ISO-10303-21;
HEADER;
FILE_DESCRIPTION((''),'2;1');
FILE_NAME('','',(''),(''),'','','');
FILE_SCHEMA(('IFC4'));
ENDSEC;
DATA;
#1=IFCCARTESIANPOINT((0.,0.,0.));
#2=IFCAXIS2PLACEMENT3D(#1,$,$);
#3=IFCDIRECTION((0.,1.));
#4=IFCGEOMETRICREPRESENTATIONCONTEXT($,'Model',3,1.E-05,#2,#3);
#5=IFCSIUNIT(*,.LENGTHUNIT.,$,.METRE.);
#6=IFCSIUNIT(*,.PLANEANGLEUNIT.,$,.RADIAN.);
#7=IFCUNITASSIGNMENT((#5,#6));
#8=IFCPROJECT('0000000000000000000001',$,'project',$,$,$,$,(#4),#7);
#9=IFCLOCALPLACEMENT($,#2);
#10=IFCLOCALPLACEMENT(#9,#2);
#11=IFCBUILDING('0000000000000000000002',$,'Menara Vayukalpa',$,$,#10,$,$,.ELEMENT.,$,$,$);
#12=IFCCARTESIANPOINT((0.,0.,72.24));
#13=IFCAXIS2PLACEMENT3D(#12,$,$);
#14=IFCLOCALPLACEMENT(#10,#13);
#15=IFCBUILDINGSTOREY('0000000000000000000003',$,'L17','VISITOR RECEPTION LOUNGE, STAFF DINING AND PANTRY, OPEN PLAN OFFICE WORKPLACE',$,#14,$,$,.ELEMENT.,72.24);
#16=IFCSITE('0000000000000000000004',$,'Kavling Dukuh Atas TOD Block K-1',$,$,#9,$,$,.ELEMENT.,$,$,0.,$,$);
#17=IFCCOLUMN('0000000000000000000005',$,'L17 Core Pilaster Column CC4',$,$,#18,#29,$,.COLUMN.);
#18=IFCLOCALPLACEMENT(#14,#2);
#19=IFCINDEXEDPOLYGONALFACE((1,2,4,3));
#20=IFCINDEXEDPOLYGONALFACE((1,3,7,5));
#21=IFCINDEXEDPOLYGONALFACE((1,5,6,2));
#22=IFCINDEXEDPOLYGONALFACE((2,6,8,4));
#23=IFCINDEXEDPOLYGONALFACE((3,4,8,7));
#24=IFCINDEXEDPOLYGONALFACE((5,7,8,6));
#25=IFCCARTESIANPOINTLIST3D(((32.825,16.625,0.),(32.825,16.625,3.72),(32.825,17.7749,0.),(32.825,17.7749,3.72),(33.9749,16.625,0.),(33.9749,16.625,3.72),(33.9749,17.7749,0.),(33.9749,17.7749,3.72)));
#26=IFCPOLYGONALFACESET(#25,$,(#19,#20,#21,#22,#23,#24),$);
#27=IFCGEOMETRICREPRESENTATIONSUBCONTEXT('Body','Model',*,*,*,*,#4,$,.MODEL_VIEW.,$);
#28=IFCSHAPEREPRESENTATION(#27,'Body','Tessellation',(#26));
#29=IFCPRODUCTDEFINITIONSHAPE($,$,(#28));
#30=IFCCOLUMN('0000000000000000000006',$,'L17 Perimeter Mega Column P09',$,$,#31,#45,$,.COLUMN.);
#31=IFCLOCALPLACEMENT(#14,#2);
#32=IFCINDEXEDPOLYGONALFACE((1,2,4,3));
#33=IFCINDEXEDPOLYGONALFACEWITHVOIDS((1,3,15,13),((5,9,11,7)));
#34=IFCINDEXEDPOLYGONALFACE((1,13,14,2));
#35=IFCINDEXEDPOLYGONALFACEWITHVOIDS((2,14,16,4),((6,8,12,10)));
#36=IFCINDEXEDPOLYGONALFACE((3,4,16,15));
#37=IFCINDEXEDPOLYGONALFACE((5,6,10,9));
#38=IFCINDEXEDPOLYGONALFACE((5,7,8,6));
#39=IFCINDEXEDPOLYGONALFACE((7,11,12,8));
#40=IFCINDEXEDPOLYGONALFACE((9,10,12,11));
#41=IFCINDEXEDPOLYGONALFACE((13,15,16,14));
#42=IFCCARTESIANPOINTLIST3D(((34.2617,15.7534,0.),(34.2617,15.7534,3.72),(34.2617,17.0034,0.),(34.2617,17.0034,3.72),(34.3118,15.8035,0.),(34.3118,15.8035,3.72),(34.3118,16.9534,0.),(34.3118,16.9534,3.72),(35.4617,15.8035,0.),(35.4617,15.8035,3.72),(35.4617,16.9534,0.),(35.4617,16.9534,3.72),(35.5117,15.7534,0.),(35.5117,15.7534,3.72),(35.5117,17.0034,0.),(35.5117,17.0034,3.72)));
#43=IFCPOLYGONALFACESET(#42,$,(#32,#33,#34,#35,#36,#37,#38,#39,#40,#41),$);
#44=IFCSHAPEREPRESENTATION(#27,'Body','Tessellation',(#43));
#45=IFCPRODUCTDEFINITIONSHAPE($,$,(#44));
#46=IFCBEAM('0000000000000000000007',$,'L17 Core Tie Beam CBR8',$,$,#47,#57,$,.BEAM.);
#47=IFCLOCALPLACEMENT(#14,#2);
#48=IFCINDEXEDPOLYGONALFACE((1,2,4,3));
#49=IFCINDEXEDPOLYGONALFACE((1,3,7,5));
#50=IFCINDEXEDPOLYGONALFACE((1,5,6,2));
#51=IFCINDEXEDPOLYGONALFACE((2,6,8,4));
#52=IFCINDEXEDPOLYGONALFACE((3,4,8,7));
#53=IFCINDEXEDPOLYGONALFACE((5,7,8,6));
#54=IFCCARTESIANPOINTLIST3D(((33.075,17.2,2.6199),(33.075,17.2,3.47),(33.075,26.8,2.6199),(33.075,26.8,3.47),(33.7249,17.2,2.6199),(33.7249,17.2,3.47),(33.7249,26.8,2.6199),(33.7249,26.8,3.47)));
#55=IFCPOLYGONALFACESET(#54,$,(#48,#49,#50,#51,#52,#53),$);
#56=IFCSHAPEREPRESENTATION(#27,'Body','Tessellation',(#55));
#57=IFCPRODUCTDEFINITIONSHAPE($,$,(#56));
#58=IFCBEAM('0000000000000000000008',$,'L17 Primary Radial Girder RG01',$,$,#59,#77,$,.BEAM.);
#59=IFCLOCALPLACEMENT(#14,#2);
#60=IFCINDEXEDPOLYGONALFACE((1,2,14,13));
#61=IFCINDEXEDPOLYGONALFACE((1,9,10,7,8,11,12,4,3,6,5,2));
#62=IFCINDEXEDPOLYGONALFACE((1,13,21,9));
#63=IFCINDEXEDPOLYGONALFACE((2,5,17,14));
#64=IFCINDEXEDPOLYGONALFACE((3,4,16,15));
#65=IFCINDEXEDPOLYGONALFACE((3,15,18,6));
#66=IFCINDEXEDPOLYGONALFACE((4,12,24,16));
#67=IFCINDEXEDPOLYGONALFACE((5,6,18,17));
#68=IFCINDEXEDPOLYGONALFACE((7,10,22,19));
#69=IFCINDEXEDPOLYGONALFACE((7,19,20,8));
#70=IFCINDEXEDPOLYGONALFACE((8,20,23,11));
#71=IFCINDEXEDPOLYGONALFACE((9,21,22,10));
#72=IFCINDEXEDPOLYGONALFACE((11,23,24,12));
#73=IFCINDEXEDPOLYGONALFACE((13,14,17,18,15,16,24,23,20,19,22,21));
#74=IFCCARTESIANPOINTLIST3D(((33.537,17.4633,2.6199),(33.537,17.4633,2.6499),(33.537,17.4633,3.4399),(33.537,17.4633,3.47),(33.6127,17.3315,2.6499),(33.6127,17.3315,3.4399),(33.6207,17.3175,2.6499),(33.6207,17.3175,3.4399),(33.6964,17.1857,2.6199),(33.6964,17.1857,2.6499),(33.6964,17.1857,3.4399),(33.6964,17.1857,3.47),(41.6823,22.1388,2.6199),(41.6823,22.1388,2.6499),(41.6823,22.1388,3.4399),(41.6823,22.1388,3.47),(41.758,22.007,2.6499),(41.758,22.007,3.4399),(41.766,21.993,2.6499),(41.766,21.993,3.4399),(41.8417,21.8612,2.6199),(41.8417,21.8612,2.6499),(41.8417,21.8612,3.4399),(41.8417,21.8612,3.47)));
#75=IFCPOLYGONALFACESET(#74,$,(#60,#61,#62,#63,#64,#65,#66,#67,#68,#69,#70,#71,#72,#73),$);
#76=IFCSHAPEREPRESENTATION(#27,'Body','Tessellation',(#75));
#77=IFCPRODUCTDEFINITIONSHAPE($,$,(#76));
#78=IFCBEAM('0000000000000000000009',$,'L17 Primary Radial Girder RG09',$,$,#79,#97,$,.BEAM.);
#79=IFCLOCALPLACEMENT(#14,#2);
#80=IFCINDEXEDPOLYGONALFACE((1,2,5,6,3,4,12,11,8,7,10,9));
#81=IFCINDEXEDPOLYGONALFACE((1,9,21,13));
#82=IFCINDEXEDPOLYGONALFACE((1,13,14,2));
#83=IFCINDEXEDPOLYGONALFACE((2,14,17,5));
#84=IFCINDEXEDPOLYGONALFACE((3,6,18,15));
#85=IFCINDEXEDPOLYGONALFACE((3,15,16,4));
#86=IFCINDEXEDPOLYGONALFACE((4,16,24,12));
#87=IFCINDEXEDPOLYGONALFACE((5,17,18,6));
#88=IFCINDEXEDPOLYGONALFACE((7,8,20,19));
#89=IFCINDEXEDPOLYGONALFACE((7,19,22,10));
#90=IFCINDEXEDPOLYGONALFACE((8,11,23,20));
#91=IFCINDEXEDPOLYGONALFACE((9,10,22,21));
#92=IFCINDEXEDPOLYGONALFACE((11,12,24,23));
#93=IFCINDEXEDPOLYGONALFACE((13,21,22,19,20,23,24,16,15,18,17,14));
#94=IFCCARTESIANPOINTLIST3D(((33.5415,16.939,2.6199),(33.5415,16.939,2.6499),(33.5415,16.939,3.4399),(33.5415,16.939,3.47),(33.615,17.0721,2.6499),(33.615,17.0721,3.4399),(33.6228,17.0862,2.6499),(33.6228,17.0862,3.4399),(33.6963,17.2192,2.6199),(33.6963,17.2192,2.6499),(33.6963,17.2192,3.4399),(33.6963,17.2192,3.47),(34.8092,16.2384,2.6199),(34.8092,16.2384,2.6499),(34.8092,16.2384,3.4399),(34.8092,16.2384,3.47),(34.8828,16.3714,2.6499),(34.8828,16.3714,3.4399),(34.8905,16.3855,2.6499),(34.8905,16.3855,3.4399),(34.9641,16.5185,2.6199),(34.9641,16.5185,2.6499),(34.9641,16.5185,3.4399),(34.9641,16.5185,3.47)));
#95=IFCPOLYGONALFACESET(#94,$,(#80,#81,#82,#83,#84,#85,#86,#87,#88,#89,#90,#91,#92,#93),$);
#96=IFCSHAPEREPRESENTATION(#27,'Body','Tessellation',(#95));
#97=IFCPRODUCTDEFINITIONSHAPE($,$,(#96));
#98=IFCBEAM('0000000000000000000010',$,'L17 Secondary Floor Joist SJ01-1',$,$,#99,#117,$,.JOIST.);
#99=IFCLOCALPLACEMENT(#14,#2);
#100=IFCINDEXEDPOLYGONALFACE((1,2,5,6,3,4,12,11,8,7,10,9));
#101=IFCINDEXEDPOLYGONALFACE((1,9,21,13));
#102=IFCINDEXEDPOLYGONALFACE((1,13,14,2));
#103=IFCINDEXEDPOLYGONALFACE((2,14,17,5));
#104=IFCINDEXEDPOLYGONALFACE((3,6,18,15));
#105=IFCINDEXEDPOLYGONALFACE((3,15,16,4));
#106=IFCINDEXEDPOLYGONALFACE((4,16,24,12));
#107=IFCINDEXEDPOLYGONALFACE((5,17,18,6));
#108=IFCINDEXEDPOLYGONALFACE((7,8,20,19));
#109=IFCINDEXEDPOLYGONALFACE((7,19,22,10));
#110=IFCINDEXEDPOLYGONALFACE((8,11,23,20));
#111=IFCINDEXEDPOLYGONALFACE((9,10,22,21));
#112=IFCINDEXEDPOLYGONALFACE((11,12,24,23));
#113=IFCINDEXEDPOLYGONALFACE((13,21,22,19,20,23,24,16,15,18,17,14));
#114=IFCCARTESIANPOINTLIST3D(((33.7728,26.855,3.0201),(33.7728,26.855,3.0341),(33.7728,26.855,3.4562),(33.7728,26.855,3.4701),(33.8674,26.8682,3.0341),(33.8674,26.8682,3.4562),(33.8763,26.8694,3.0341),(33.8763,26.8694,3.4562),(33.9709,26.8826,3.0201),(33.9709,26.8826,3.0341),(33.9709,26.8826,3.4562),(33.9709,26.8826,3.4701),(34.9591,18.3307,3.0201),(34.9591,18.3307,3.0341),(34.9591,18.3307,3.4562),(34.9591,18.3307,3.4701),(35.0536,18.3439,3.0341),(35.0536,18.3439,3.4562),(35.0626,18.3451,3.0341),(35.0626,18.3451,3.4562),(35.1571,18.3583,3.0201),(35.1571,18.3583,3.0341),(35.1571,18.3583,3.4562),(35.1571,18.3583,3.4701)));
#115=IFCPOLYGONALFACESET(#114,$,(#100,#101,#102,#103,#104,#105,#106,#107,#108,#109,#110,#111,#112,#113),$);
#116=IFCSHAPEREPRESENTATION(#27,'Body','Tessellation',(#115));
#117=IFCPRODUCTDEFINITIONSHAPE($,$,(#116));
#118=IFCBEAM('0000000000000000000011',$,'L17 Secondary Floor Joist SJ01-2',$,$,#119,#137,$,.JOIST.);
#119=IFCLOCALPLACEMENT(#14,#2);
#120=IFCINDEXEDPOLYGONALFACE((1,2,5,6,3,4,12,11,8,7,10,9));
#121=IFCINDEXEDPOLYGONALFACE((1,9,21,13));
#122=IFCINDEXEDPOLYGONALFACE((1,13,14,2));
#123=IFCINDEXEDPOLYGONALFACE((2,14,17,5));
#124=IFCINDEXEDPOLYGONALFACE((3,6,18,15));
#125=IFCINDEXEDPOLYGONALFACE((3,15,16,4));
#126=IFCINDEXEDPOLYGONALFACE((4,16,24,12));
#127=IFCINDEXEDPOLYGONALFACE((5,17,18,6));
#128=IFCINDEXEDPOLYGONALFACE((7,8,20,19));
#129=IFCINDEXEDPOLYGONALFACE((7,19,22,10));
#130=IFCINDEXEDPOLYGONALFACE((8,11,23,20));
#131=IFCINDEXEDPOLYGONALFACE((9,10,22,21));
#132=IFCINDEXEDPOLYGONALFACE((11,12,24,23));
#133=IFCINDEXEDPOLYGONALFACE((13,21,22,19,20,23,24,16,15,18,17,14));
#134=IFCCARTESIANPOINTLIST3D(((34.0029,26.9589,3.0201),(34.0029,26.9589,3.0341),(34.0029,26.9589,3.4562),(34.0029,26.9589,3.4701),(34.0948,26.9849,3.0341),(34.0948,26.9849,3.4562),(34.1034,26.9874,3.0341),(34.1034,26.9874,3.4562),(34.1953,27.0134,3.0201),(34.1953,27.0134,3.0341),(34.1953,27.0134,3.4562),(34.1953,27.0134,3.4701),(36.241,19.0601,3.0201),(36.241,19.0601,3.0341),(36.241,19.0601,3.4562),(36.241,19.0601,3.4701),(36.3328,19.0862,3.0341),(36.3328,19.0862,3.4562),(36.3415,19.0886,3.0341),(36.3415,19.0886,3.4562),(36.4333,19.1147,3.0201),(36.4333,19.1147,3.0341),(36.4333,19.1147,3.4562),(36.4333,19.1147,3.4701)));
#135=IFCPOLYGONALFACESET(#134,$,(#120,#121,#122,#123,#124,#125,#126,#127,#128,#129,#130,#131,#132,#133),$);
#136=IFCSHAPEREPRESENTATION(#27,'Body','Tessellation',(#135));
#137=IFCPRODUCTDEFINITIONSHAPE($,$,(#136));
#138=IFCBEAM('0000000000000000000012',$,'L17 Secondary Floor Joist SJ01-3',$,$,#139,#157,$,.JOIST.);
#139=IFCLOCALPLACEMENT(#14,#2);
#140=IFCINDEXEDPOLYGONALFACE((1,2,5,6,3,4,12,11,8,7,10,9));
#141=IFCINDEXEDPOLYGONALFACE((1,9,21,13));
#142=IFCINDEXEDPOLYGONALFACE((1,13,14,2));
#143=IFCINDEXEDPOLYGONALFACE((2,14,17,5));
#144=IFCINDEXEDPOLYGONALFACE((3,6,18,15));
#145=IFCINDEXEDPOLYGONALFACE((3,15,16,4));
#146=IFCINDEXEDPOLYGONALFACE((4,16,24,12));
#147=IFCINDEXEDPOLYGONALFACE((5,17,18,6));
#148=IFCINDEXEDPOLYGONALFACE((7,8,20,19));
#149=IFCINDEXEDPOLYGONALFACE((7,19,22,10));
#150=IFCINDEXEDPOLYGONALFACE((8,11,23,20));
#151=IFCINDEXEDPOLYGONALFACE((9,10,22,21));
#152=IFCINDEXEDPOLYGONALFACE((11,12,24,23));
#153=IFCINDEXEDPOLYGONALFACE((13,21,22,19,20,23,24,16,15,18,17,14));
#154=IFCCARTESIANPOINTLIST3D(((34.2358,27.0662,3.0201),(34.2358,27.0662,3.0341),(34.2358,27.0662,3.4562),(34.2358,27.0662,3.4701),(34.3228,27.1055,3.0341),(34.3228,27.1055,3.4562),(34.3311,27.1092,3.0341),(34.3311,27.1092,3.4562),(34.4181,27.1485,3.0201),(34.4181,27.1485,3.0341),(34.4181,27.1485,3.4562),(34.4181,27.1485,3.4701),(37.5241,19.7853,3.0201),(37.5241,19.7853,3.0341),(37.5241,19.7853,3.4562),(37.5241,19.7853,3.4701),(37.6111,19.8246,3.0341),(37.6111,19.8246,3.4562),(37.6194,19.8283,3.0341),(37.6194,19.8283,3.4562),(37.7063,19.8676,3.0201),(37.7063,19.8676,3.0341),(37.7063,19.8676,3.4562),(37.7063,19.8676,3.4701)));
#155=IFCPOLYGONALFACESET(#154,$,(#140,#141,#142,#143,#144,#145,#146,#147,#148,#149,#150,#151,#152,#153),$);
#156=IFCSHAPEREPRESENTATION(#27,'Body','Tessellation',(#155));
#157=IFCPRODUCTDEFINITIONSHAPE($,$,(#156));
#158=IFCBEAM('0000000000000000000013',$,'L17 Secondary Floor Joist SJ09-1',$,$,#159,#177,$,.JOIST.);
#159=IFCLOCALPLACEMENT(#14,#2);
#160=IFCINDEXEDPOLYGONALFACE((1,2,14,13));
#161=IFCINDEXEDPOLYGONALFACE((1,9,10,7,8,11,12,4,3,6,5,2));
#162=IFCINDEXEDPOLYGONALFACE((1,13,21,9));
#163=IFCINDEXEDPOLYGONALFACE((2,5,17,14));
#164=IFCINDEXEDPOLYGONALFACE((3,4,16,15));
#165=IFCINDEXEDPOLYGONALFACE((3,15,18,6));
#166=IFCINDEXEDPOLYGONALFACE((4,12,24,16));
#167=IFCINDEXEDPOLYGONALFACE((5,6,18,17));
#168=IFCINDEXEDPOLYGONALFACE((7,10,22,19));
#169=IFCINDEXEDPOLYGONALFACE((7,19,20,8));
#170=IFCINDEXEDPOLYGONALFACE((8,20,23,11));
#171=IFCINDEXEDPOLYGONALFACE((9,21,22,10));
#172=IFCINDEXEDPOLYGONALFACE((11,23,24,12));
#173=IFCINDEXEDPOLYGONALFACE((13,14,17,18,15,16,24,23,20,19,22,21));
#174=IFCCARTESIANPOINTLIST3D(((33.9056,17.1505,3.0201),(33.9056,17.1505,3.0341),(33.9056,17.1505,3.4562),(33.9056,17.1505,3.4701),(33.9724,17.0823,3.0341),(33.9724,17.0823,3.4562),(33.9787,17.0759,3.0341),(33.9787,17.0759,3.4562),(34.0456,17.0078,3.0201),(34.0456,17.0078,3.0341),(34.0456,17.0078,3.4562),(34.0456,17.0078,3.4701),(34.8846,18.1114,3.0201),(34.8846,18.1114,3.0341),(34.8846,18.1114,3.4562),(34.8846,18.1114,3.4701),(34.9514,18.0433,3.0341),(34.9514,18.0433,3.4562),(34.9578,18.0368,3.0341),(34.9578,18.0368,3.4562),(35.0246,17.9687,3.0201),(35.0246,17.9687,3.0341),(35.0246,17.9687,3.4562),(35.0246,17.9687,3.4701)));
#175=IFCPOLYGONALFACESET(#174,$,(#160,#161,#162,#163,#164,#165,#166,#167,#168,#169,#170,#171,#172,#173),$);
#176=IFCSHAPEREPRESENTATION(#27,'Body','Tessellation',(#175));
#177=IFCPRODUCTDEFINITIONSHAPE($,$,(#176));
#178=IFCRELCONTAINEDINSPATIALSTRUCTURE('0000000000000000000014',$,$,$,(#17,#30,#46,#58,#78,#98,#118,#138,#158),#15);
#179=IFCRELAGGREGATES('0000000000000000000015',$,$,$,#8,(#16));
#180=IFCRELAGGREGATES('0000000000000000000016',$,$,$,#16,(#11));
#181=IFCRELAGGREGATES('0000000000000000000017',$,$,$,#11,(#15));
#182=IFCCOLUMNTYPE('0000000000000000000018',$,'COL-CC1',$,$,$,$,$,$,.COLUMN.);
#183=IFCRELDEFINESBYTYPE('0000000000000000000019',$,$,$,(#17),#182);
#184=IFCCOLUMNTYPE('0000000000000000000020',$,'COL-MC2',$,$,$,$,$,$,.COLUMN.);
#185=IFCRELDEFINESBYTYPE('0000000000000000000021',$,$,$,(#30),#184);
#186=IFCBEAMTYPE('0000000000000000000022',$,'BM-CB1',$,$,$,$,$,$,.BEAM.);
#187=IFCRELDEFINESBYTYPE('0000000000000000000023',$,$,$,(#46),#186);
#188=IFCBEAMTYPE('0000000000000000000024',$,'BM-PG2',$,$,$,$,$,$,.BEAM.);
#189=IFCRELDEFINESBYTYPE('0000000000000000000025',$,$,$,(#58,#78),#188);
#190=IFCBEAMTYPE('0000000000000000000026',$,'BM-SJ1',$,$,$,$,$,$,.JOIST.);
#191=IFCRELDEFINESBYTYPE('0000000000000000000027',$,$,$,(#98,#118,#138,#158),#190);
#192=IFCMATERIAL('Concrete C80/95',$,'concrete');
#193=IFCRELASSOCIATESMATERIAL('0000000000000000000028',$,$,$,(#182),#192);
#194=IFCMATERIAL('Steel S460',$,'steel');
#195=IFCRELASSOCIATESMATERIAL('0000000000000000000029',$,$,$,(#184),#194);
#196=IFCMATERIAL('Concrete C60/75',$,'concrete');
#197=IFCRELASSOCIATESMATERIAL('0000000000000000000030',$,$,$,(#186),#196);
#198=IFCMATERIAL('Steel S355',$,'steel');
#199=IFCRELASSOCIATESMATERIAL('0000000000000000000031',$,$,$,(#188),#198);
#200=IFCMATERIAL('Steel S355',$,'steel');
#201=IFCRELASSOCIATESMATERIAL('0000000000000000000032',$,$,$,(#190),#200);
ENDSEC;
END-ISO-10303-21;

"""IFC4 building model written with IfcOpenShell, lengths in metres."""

from ifc_helpers import new_model, si_unit, direction, frame, origin, origin_2d, place, context, subcontext, project, spatial, rectangle, hollow_rectangle, i_section, extrude, material, material_profile, profile_set, type_object, element, save


model = new_model("IFC4")

# Units and contexts
model_context = context("Model", 3, precision=1e-05, world=origin(), true_north=direction((0.0, 1.0)))
body_context = subcontext(model_context, "Body", "Model", "MODEL_VIEW")
ifc_project = project(units=[si_unit("LENGTHUNIT", "METRE"), si_unit("PLANEANGLEUNIT", "RADIAN")], contexts=[model_context])

# Site, building, storey
site_placement = place(None, origin())
site = spatial("IfcSite", under=ifc_project, at=site_placement, Name="Kavling Dukuh Atas TOD Block K-1", CompositionType="ELEMENT", RefElevation=0.0)
building_placement = place(site_placement, origin())
building = spatial("IfcBuilding", under=site, at=building_placement, Name="Menara Vayukalpa", CompositionType="ELEMENT")
storey_placement = place(building_placement, frame((0.0, 0.0, 72.24)))
storey = spatial("IfcBuildingStorey", under=building, at=storey_placement, Name="L17", Description="VISITOR RECEPTION LOUNGE, STAFF DINING AND PANTRY, OPEN PLAN OFFICE WORKPLACE", CompositionType="ELEMENT", Elevation=72.24)

# Columns
ifc_material_1 = material(Name="Concrete C80/95", Category="concrete")
ifc_material_profile_1 = material_profile(ifc_material_1, rectangle(XDim=1.1499, YDim=1.1499, at=origin_2d()), Name="RC 1150x1150")
ifc_profile_set_1 = profile_set([ifc_material_profile_1], Name="Concrete C80/95")
column_type_1 = type_object("IfcColumnType", Name="COL-CC1", PredefinedType="COLUMN", material=ifc_profile_set_1)
column_1_placement = place(storey_placement, frame((33.3999, 17.2, 0.0), z_axis=(0.0, 0.0, 1.0), x_axis=(1.0, 0.0, 0.0)))
element("IfcColumn", 1, at=column_1_placement, inside=storey, type_object=column_type_1, Name="L17 Core Pilaster Column CC4", PredefinedType="COLUMN", context=body_context, shape_type="SweptSolid", body=[
    extrude(rectangle(XDim=1.1499, YDim=1.1499, at=origin_2d()), origin(), (0.0, 0.0, 1.0), 3.72),
])
ifc_material_2 = material(Name="Steel S460", Category="steel")
ifc_material_profile_2 = material_profile(ifc_material_2, hollow_rectangle(XDim=1.25, YDim=1.25, WallThickness=0.05, at=origin_2d()), Name="BOX 1250x1250x50")
ifc_profile_set_2 = profile_set([ifc_material_profile_2], Name="Steel S460")
column_type_2 = type_object("IfcColumnType", Name="COL-MC2", PredefinedType="COLUMN", material=ifc_profile_set_2)
column_2_placement = place(storey_placement, frame((34.8867, 16.3784, 0.0), z_axis=(0.0, 0.0, 1.0), x_axis=(1.0, 0.0, 0.0)))
element("IfcColumn", 2, at=column_2_placement, inside=storey, type_object=column_type_2, Name="L17 Perimeter Mega Column P09", PredefinedType="COLUMN", context=body_context, shape_type="SweptSolid", body=[
    extrude(hollow_rectangle(XDim=1.25, YDim=1.25, WallThickness=0.05, at=origin_2d()), origin(), (0.0, 0.0, 1.0), 3.72),
])

# Beams
ifc_material_3 = material(Name="Concrete C60/75", Category="concrete")
ifc_material_profile_3 = material_profile(ifc_material_3, rectangle(XDim=0.6499, YDim=0.8501, at=origin_2d()), Name="RC 650x850")
ifc_profile_set_3 = profile_set([ifc_material_profile_3], Name="Concrete C60/75")
beam_type_1 = type_object("IfcBeamType", Name="BM-CB1", PredefinedType="BEAM", material=ifc_profile_set_3)
beam_1_placement = place(storey_placement, frame((33.3999, 17.2, 3.0449), z_axis=(0.0, 1.0, 0.0), x_axis=(-1.0, 0.0, 0.0)))
element("IfcBeam", 3, at=beam_1_placement, inside=storey, type_object=beam_type_1, Name="L17 Core Tie Beam CBR8", PredefinedType="BEAM", context=body_context, shape_type="SweptSolid", body=[
    extrude(rectangle(XDim=0.6499, YDim=0.8501, at=origin_2d()), origin(), (0.0, 0.0, 1.0), 9.6001),
])
ifc_material_4 = material(Name="Steel S355", Category="steel")
ifc_material_profile_4 = material_profile(ifc_material_4, i_section(OverallWidth=0.3201, OverallDepth=0.8501, WebThickness=0.0161, FlangeThickness=0.03, at=origin_2d()), Name="WF 850x320x16x30")
ifc_profile_set_4 = profile_set([ifc_material_profile_4], Name="Steel S355")
beam_type_2 = type_object("IfcBeamType", Name="BM-PG2", PredefinedType="BEAM", material=ifc_profile_set_4)
beam_2_placement = place(storey_placement, frame((33.6167, 17.3245, 3.0449), z_axis=(0.867274, 0.497832, 0.0), x_axis=(-0.497832, 0.867274, 0.0)))
element("IfcBeam", 4, at=beam_2_placement, inside=storey, type_object=beam_type_2, Name="L17 Primary Radial Girder RG01", PredefinedType="BEAM", context=body_context, shape_type="SweptSolid", body=[
    extrude(i_section(OverallWidth=0.3201, OverallDepth=0.8501, WebThickness=0.0161, FlangeThickness=0.03, at=origin_2d()), origin(), (0.0, 0.0, 1.0), 9.3918),
])
beam_3_placement = place(storey_placement, frame((33.6189, 17.0791, 3.0449), z_axis=(0.875228, -0.48371, 0.0), x_axis=(0.48371, 0.875228, 0.0)))
element("IfcBeam", 5, at=beam_3_placement, inside=storey, type_object=beam_type_2, Name="L17 Primary Radial Girder RG09", PredefinedType="BEAM", context=body_context, shape_type="SweptSolid", body=[
    extrude(i_section(OverallWidth=0.3201, OverallDepth=0.8501, WebThickness=0.0161, FlangeThickness=0.03, at=origin_2d()), origin(), (0.0, 0.0, 1.0), 1.4485),
])
ifc_material_5 = material(Name="Steel S355", Category="steel")
ifc_material_profile_5 = material_profile(ifc_material_5, i_section(OverallWidth=0.2, OverallDepth=0.45, WebThickness=0.009, FlangeThickness=0.0139, at=origin_2d()), Name="WF 450x200x9x14")
ifc_profile_set_5 = profile_set([ifc_material_profile_5], Name="Steel S355")
beam_type_3 = type_object("IfcBeamType", Name="BM-SJ1", PredefinedType="JOIST", material=ifc_profile_set_5)
beam_4_placement = place(storey_placement, frame((35.0581, 18.3445, 3.2451), z_axis=(-0.137834, 0.990455, 0.0), x_axis=(-0.990455, -0.137834, 0.0)))
element("IfcBeam", 6, at=beam_4_placement, inside=storey, type_object=beam_type_3, Name="L17 Secondary Floor Joist SJ01-1", PredefinedType="JOIST", context=body_context, shape_type="SweptSolid", body=[
    extrude(i_section(OverallWidth=0.2, OverallDepth=0.45, WebThickness=0.009, FlangeThickness=0.0139, at=origin_2d()), origin(), (0.0, 0.0, 1.0), 8.6064),
])
beam_5_placement = place(storey_placement, frame((36.3372, 19.0874, 3.2451), z_axis=(-0.272611, 0.962124, 0.0), x_axis=(-0.962124, -0.272611, 0.0)))
element("IfcBeam", 7, at=beam_5_placement, inside=storey, type_object=beam_type_3, Name="L17 Secondary Floor Joist SJ01-2", PredefinedType="JOIST", context=body_context, shape_type="SweptSolid", body=[
    extrude(i_section(OverallWidth=0.2, OverallDepth=0.45, WebThickness=0.009, FlangeThickness=0.0139, at=origin_2d()), origin(), (0.0, 0.0, 1.0), 8.2097),
])
beam_6_placement = place(storey_placement, frame((37.6152, 19.8264, 3.2451), z_axis=(-0.411601, 0.911364, 0.0), x_axis=(-0.911364, -0.411601, 0.0)))
element("IfcBeam", 8, at=beam_6_placement, inside=storey, type_object=beam_type_3, Name="L17 Secondary Floor Joist SJ01-3", PredefinedType="JOIST", context=body_context, shape_type="SweptSolid", body=[
    extrude(i_section(OverallWidth=0.2, OverallDepth=0.45, WebThickness=0.009, FlangeThickness=0.0139, at=origin_2d()), origin(), (0.0, 0.0, 1.0), 7.989),
])
beam_7_placement = place(storey_placement, frame((33.9756, 17.0791, 3.2451), z_axis=(0.713661, 0.700491, 0.0), x_axis=(-0.700491, 0.713661, 0.0)))
element("IfcBeam", 9, at=beam_7_placement, inside=storey, type_object=beam_type_3, Name="L17 Secondary Floor Joist SJ09-1", PredefinedType="JOIST", context=body_context, shape_type="SweptSolid", body=[
    extrude(i_section(OverallWidth=0.2, OverallDepth=0.45, WebThickness=0.009, FlangeThickness=0.0139, at=origin_2d()), origin(), (0.0, 0.0, 1.0), 1.3718),
])

save(model, "model.ifc")
